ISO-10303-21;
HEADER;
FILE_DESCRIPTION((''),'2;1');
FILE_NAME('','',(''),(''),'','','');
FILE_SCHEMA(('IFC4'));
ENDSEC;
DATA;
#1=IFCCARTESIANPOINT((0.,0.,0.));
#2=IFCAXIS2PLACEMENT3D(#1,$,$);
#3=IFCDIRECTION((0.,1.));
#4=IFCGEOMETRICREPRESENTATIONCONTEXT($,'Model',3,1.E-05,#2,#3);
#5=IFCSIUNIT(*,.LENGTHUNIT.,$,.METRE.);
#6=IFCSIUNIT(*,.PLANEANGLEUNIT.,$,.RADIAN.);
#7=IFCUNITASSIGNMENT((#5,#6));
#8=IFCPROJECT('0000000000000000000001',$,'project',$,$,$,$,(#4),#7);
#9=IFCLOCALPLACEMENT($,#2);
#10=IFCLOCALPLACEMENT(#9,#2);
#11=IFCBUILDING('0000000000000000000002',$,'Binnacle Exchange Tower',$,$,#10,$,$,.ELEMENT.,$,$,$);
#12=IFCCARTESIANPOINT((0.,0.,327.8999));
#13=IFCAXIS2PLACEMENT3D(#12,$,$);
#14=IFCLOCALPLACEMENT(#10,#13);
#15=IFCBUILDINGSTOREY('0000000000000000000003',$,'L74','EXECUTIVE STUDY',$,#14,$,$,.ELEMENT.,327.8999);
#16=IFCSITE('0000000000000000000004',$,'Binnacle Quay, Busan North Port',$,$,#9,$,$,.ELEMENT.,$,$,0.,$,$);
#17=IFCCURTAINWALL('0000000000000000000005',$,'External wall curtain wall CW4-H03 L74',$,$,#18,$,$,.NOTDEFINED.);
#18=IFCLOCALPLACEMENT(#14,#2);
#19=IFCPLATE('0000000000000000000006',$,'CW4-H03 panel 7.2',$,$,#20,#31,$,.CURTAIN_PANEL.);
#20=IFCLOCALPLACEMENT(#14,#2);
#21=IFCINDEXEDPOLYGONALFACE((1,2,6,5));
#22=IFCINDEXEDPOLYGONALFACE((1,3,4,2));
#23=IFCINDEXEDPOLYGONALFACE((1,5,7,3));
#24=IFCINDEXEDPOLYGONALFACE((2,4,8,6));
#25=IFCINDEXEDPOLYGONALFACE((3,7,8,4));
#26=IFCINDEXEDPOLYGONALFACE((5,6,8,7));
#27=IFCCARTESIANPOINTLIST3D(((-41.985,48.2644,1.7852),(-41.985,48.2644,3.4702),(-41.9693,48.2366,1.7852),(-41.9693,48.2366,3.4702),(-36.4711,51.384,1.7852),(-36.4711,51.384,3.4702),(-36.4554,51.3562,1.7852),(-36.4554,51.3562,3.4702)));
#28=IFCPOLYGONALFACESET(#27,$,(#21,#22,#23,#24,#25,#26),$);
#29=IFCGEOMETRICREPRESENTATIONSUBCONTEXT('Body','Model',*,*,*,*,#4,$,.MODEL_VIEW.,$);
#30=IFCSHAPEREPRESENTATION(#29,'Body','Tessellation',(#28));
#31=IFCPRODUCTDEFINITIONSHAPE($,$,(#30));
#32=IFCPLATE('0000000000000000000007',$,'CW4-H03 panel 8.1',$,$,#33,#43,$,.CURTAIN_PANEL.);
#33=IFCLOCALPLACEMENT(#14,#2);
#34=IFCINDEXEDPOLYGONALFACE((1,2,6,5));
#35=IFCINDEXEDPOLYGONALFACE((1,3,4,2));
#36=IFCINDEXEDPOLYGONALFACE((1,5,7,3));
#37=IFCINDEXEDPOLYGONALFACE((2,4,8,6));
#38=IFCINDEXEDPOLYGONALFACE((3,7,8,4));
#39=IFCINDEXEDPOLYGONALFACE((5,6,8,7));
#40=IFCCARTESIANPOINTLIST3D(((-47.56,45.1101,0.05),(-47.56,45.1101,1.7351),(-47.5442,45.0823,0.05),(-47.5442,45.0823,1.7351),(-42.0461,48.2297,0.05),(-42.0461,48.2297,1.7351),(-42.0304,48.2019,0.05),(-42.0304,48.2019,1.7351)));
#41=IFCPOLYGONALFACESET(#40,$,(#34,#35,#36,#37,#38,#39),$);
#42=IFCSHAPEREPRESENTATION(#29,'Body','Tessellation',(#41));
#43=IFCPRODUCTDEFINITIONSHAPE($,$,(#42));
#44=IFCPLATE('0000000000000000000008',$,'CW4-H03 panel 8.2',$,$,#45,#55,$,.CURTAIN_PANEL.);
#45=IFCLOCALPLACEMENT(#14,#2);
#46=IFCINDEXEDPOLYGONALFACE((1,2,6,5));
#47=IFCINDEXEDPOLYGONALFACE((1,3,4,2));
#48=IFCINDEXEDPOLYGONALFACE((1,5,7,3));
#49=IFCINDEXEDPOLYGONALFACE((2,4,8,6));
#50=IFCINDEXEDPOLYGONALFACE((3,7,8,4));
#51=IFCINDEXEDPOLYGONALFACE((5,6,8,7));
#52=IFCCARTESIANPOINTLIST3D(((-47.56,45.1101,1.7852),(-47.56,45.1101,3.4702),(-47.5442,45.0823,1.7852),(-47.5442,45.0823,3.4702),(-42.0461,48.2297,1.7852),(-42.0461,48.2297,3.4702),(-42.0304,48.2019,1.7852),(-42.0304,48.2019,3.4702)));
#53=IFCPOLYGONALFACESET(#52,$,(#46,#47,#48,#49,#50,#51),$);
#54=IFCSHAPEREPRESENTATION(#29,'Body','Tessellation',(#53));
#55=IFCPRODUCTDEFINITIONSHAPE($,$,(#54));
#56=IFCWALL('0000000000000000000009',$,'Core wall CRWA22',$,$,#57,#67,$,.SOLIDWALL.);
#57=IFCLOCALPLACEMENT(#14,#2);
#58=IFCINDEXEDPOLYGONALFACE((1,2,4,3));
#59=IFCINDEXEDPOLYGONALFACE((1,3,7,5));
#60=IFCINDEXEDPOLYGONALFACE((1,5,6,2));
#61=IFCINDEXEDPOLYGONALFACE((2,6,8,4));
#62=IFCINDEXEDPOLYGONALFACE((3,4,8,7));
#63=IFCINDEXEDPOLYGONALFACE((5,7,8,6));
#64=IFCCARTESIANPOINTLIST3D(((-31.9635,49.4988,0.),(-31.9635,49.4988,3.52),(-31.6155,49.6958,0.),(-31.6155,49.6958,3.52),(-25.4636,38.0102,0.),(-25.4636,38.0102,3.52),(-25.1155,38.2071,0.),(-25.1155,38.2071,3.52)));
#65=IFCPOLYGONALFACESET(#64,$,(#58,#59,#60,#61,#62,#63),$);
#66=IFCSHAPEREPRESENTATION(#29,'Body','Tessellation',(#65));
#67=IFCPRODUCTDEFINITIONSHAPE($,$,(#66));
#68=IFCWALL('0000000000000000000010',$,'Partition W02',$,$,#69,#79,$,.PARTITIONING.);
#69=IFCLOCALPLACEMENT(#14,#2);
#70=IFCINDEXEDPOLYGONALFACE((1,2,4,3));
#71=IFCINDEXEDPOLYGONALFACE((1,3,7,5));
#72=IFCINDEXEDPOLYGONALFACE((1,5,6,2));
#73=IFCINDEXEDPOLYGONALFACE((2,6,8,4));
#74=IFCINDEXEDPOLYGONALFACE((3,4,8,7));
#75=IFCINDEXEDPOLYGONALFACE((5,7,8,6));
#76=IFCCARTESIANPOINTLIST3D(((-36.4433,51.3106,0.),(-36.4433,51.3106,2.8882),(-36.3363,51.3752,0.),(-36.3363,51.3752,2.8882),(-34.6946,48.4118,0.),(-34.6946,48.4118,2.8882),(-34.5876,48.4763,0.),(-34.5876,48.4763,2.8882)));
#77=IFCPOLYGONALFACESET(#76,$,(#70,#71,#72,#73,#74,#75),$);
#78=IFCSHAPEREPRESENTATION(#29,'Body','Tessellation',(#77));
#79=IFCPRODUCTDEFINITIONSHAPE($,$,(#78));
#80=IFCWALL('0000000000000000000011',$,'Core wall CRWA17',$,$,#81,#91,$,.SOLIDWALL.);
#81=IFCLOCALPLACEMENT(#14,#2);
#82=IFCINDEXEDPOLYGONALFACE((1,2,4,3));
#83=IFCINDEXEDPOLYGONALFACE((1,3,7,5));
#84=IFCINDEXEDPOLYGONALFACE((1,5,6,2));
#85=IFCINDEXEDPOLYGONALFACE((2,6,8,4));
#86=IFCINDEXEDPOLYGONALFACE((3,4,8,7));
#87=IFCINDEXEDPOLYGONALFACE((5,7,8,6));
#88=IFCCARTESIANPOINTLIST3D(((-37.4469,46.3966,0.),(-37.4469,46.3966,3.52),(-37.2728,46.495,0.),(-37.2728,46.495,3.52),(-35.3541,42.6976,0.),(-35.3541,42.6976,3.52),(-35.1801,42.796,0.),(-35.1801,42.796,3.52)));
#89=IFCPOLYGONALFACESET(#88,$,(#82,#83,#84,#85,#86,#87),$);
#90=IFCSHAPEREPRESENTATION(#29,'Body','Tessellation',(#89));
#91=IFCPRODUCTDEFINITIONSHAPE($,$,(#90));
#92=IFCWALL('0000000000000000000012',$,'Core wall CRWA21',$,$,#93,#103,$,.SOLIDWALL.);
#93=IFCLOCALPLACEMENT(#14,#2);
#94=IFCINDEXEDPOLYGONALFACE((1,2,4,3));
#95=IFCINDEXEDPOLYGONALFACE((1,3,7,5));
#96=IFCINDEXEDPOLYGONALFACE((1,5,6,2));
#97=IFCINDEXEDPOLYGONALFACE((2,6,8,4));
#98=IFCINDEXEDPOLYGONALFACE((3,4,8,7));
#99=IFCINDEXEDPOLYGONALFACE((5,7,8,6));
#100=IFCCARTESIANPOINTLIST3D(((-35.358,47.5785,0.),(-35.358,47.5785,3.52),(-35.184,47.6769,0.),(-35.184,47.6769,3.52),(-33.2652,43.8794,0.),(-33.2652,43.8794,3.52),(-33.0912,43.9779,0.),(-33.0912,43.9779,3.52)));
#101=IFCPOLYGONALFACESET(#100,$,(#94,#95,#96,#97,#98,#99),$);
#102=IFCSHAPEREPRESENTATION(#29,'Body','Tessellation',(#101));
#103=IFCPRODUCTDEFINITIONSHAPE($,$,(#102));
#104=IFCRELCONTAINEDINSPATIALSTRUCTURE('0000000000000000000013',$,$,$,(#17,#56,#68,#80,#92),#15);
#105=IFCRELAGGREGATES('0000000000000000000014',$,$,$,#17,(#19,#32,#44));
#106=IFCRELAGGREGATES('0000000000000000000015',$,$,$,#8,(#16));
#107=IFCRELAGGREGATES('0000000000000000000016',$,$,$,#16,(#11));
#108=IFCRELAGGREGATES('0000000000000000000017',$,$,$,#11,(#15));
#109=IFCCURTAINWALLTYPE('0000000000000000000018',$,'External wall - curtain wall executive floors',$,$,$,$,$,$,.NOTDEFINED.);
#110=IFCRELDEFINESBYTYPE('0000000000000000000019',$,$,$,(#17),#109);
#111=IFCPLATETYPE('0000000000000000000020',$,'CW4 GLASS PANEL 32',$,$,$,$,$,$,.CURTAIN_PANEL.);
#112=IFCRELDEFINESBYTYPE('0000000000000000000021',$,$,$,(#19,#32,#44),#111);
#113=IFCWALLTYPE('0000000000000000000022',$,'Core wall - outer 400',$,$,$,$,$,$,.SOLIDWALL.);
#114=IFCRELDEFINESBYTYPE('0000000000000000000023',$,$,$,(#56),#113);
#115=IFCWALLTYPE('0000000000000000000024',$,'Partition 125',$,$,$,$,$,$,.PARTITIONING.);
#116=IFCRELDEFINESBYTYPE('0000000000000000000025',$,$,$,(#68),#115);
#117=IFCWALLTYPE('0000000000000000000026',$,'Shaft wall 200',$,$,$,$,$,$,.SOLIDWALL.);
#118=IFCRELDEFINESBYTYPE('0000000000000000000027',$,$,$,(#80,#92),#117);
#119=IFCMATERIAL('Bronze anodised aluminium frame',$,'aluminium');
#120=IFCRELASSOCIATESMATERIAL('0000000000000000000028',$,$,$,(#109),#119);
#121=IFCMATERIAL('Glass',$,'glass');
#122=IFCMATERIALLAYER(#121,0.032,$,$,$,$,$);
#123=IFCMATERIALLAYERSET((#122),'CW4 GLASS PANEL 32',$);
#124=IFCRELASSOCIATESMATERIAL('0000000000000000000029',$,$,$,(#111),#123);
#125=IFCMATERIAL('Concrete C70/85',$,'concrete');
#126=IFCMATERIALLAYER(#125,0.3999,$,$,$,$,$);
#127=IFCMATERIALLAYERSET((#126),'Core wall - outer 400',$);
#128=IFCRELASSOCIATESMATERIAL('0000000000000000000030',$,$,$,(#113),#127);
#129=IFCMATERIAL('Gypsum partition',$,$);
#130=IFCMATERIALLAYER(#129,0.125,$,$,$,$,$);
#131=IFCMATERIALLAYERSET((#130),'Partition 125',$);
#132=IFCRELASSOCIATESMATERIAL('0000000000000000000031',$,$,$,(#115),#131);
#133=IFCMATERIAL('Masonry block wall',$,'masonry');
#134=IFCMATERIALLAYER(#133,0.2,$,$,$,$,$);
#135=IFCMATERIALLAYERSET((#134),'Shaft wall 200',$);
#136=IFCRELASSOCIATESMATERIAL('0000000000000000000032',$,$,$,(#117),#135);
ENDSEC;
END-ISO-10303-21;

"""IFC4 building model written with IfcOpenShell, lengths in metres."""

from ifc_helpers import new_model, si_unit, direction, frame, frame_2d, origin, origin_2d, place, context, subcontext, project, spatial, rectangle, extrude, material, layer, layer_set, type_object, element, aggregate, save


model = new_model("IFC4")

# Units and contexts
model_context = context("Model", 3, precision=1e-05, world=origin(), true_north=direction((0.0, 1.0)))
body_context = subcontext(model_context, "Body", "Model", "MODEL_VIEW")
ifc_project = project(units=[si_unit("LENGTHUNIT", "METRE"), si_unit("PLANEANGLEUNIT", "RADIAN")], contexts=[model_context])

# Site, building, storey
site_placement = place(None, origin())
site = spatial("IfcSite", under=ifc_project, at=site_placement, Name="Binnacle Quay, Busan North Port", CompositionType="ELEMENT", RefElevation=0.0)
building_placement = place(site_placement, origin())
building = spatial("IfcBuilding", under=site, at=building_placement, Name="Binnacle Exchange Tower", CompositionType="ELEMENT")
storey_placement = place(building_placement, frame((0.0, 0.0, 327.8999)))
storey = spatial("IfcBuildingStorey", under=building, at=storey_placement, Name="L74", Description="EXECUTIVE STUDY", CompositionType="ELEMENT", Elevation=327.8999)

# Curtain wall
ifc_material_1 = material(Name="Bronze anodised aluminium frame", Category="aluminium")
curtain_wall_type = type_object("IfcCurtainWallType", Name="External wall - curtain wall executive floors", PredefinedType="NOTDEFINED", material=ifc_material_1)
curtain_wall_placement = place(storey_placement, origin())
curtain_wall = element("IfcCurtainWall", 1, at=curtain_wall_placement, inside=storey, type_object=curtain_wall_type, Name="External wall curtain wall CW4-H03 L74", PredefinedType="NOTDEFINED")

# Plates
ifc_material_2 = material(Name="Glass", Category="glass")
ifc_layer_1 = layer(ifc_material_2, 0.032)
ifc_layer_set_1 = layer_set([ifc_layer_1], Name="CW4 GLASS PANEL 32")
plate_type = type_object("IfcPlateType", Name="CW4 GLASS PANEL 32", PredefinedType="CURTAIN_PANEL", material=ifc_layer_set_1)
plate_1_placement = place(storey_placement, frame((-39.2202, 49.8103, 1.7852), z_axis=(0.0, 0.0, 1.0), x_axis=(-0.870356, -0.492424, 0.0)))
plate_1 = element("IfcPlate", 2, at=plate_1_placement, type_object=plate_type, Name="CW4-H03 panel 7.2", PredefinedType="CURTAIN_PANEL", context=body_context, shape_type="SweptSolid", body=[
    extrude(rectangle(XDim=6.3352, YDim=0.032, at=origin_2d()), origin(), (0.0, 0.0, 1.0), 1.6851),
])
plate_2_placement = place(storey_placement, frame((-44.7952, 46.656, 0.05), z_axis=(0.0, 0.0, 1.0), x_axis=(-0.870356, -0.492424, 0.0)))
plate_2 = element("IfcPlate", 3, at=plate_2_placement, type_object=plate_type, Name="CW4-H03 panel 8.1", PredefinedType="CURTAIN_PANEL", context=body_context, shape_type="SweptSolid", body=[
    extrude(rectangle(XDim=6.3352, YDim=0.032, at=origin_2d()), origin(), (0.0, 0.0, 1.0), 1.6851),
])
plate_3_placement = place(storey_placement, frame((-44.7952, 46.656, 1.7852), z_axis=(0.0, 0.0, 1.0), x_axis=(-0.870356, -0.492424, 0.0)))
plate_3 = element("IfcPlate", 4, at=plate_3_placement, type_object=plate_type, Name="CW4-H03 panel 8.2", PredefinedType="CURTAIN_PANEL", context=body_context, shape_type="SweptSolid", body=[
    extrude(rectangle(XDim=6.3352, YDim=0.032, at=origin_2d()), origin(), (0.0, 0.0, 1.0), 1.6851),
])
aggregate(curtain_wall, [plate_1, plate_2, plate_3])

# Walls
ifc_material_3 = material(Name="Concrete C70/85", Category="concrete")
ifc_layer_2 = layer(ifc_material_3, 0.3999)
ifc_layer_set_2 = layer_set([ifc_layer_2], Name="Core wall - outer 400")
wall_type_1 = type_object("IfcWallType", Name="Core wall - outer 400", PredefinedType="SOLIDWALL", material=ifc_layer_set_2)
wall_1_placement = place(storey_placement, frame((-31.7896, 49.5974, 0.0), z_axis=(0.0, 0.0, 1.0), x_axis=(0.492422, -0.870357, 0.0)))
element("IfcWall", 5, at=wall_1_placement, inside=storey, type_object=wall_type_1, Name="Core wall CRWA22", PredefinedType="SOLIDWALL", context=body_context, shape_type="SweptSolid", body=[
    extrude(rectangle(XDim=13.2, YDim=0.3999, at=frame_2d((6.6001, 0.0))), origin(), (0.0, 0.0, 1.0), 3.52),
])
ifc_material_4 = material(Name="Gypsum partition")
ifc_layer_3 = layer(ifc_material_4, 0.125)
ifc_layer_set_3 = layer_set([ifc_layer_3], Name="Partition 125")
wall_type_2 = type_object("IfcWallType", Name="Partition 125", PredefinedType="PARTITIONING", material=ifc_layer_set_3)
wall_2_placement = place(storey_placement, frame((-36.3899, 51.343, 0.0), z_axis=(0.0, 0.0, 1.0), x_axis=(0.516541, -0.856262, 0.0)))
element("IfcWall", 6, at=wall_2_placement, inside=storey, type_object=wall_type_2, Name="Partition W02", PredefinedType="PARTITIONING", context=body_context, shape_type="SweptSolid", body=[
    extrude(rectangle(XDim=3.3855, YDim=0.125, at=frame_2d((1.6929, 0.0))), origin(), (0.0, 0.0, 1.0), 2.8882),
])
ifc_material_5 = material(Name="Masonry block wall", Category="masonry")
ifc_layer_4 = layer(ifc_material_5, 0.2)
ifc_layer_set_4 = layer_set([ifc_layer_4], Name="Shaft wall 200")
wall_type_3 = type_object("IfcWallType", Name="Shaft wall 200", PredefinedType="SOLIDWALL", material=ifc_layer_set_4)
for number, where, z_axis, x_axis, name in (
    (7, (-37.3599, 46.4458, 0.0), (0.0, 0.0, 1.0), (0.492423, -0.870356, 0.0), "Core wall CRWA17"),
    (8, (-35.271, 47.6277, 0.0), (0.0, 0.0, 1.0), (0.492423, -0.870356, 0.0), "Core wall CRWA21"),
):
    element("IfcWall", number, at=place(storey_placement, frame(where, z_axis=z_axis, x_axis=x_axis)), inside=storey, type_object=wall_type_3, Name=name, PredefinedType="SOLIDWALL", context=body_context, shape_type="SweptSolid", body=[
        extrude(rectangle(XDim=4.25, YDim=0.2, at=frame_2d((2.125, 0.0))), origin(), (0.0, 0.0, 1.0), 3.52),
    ])

save(model, "model.ifc")
